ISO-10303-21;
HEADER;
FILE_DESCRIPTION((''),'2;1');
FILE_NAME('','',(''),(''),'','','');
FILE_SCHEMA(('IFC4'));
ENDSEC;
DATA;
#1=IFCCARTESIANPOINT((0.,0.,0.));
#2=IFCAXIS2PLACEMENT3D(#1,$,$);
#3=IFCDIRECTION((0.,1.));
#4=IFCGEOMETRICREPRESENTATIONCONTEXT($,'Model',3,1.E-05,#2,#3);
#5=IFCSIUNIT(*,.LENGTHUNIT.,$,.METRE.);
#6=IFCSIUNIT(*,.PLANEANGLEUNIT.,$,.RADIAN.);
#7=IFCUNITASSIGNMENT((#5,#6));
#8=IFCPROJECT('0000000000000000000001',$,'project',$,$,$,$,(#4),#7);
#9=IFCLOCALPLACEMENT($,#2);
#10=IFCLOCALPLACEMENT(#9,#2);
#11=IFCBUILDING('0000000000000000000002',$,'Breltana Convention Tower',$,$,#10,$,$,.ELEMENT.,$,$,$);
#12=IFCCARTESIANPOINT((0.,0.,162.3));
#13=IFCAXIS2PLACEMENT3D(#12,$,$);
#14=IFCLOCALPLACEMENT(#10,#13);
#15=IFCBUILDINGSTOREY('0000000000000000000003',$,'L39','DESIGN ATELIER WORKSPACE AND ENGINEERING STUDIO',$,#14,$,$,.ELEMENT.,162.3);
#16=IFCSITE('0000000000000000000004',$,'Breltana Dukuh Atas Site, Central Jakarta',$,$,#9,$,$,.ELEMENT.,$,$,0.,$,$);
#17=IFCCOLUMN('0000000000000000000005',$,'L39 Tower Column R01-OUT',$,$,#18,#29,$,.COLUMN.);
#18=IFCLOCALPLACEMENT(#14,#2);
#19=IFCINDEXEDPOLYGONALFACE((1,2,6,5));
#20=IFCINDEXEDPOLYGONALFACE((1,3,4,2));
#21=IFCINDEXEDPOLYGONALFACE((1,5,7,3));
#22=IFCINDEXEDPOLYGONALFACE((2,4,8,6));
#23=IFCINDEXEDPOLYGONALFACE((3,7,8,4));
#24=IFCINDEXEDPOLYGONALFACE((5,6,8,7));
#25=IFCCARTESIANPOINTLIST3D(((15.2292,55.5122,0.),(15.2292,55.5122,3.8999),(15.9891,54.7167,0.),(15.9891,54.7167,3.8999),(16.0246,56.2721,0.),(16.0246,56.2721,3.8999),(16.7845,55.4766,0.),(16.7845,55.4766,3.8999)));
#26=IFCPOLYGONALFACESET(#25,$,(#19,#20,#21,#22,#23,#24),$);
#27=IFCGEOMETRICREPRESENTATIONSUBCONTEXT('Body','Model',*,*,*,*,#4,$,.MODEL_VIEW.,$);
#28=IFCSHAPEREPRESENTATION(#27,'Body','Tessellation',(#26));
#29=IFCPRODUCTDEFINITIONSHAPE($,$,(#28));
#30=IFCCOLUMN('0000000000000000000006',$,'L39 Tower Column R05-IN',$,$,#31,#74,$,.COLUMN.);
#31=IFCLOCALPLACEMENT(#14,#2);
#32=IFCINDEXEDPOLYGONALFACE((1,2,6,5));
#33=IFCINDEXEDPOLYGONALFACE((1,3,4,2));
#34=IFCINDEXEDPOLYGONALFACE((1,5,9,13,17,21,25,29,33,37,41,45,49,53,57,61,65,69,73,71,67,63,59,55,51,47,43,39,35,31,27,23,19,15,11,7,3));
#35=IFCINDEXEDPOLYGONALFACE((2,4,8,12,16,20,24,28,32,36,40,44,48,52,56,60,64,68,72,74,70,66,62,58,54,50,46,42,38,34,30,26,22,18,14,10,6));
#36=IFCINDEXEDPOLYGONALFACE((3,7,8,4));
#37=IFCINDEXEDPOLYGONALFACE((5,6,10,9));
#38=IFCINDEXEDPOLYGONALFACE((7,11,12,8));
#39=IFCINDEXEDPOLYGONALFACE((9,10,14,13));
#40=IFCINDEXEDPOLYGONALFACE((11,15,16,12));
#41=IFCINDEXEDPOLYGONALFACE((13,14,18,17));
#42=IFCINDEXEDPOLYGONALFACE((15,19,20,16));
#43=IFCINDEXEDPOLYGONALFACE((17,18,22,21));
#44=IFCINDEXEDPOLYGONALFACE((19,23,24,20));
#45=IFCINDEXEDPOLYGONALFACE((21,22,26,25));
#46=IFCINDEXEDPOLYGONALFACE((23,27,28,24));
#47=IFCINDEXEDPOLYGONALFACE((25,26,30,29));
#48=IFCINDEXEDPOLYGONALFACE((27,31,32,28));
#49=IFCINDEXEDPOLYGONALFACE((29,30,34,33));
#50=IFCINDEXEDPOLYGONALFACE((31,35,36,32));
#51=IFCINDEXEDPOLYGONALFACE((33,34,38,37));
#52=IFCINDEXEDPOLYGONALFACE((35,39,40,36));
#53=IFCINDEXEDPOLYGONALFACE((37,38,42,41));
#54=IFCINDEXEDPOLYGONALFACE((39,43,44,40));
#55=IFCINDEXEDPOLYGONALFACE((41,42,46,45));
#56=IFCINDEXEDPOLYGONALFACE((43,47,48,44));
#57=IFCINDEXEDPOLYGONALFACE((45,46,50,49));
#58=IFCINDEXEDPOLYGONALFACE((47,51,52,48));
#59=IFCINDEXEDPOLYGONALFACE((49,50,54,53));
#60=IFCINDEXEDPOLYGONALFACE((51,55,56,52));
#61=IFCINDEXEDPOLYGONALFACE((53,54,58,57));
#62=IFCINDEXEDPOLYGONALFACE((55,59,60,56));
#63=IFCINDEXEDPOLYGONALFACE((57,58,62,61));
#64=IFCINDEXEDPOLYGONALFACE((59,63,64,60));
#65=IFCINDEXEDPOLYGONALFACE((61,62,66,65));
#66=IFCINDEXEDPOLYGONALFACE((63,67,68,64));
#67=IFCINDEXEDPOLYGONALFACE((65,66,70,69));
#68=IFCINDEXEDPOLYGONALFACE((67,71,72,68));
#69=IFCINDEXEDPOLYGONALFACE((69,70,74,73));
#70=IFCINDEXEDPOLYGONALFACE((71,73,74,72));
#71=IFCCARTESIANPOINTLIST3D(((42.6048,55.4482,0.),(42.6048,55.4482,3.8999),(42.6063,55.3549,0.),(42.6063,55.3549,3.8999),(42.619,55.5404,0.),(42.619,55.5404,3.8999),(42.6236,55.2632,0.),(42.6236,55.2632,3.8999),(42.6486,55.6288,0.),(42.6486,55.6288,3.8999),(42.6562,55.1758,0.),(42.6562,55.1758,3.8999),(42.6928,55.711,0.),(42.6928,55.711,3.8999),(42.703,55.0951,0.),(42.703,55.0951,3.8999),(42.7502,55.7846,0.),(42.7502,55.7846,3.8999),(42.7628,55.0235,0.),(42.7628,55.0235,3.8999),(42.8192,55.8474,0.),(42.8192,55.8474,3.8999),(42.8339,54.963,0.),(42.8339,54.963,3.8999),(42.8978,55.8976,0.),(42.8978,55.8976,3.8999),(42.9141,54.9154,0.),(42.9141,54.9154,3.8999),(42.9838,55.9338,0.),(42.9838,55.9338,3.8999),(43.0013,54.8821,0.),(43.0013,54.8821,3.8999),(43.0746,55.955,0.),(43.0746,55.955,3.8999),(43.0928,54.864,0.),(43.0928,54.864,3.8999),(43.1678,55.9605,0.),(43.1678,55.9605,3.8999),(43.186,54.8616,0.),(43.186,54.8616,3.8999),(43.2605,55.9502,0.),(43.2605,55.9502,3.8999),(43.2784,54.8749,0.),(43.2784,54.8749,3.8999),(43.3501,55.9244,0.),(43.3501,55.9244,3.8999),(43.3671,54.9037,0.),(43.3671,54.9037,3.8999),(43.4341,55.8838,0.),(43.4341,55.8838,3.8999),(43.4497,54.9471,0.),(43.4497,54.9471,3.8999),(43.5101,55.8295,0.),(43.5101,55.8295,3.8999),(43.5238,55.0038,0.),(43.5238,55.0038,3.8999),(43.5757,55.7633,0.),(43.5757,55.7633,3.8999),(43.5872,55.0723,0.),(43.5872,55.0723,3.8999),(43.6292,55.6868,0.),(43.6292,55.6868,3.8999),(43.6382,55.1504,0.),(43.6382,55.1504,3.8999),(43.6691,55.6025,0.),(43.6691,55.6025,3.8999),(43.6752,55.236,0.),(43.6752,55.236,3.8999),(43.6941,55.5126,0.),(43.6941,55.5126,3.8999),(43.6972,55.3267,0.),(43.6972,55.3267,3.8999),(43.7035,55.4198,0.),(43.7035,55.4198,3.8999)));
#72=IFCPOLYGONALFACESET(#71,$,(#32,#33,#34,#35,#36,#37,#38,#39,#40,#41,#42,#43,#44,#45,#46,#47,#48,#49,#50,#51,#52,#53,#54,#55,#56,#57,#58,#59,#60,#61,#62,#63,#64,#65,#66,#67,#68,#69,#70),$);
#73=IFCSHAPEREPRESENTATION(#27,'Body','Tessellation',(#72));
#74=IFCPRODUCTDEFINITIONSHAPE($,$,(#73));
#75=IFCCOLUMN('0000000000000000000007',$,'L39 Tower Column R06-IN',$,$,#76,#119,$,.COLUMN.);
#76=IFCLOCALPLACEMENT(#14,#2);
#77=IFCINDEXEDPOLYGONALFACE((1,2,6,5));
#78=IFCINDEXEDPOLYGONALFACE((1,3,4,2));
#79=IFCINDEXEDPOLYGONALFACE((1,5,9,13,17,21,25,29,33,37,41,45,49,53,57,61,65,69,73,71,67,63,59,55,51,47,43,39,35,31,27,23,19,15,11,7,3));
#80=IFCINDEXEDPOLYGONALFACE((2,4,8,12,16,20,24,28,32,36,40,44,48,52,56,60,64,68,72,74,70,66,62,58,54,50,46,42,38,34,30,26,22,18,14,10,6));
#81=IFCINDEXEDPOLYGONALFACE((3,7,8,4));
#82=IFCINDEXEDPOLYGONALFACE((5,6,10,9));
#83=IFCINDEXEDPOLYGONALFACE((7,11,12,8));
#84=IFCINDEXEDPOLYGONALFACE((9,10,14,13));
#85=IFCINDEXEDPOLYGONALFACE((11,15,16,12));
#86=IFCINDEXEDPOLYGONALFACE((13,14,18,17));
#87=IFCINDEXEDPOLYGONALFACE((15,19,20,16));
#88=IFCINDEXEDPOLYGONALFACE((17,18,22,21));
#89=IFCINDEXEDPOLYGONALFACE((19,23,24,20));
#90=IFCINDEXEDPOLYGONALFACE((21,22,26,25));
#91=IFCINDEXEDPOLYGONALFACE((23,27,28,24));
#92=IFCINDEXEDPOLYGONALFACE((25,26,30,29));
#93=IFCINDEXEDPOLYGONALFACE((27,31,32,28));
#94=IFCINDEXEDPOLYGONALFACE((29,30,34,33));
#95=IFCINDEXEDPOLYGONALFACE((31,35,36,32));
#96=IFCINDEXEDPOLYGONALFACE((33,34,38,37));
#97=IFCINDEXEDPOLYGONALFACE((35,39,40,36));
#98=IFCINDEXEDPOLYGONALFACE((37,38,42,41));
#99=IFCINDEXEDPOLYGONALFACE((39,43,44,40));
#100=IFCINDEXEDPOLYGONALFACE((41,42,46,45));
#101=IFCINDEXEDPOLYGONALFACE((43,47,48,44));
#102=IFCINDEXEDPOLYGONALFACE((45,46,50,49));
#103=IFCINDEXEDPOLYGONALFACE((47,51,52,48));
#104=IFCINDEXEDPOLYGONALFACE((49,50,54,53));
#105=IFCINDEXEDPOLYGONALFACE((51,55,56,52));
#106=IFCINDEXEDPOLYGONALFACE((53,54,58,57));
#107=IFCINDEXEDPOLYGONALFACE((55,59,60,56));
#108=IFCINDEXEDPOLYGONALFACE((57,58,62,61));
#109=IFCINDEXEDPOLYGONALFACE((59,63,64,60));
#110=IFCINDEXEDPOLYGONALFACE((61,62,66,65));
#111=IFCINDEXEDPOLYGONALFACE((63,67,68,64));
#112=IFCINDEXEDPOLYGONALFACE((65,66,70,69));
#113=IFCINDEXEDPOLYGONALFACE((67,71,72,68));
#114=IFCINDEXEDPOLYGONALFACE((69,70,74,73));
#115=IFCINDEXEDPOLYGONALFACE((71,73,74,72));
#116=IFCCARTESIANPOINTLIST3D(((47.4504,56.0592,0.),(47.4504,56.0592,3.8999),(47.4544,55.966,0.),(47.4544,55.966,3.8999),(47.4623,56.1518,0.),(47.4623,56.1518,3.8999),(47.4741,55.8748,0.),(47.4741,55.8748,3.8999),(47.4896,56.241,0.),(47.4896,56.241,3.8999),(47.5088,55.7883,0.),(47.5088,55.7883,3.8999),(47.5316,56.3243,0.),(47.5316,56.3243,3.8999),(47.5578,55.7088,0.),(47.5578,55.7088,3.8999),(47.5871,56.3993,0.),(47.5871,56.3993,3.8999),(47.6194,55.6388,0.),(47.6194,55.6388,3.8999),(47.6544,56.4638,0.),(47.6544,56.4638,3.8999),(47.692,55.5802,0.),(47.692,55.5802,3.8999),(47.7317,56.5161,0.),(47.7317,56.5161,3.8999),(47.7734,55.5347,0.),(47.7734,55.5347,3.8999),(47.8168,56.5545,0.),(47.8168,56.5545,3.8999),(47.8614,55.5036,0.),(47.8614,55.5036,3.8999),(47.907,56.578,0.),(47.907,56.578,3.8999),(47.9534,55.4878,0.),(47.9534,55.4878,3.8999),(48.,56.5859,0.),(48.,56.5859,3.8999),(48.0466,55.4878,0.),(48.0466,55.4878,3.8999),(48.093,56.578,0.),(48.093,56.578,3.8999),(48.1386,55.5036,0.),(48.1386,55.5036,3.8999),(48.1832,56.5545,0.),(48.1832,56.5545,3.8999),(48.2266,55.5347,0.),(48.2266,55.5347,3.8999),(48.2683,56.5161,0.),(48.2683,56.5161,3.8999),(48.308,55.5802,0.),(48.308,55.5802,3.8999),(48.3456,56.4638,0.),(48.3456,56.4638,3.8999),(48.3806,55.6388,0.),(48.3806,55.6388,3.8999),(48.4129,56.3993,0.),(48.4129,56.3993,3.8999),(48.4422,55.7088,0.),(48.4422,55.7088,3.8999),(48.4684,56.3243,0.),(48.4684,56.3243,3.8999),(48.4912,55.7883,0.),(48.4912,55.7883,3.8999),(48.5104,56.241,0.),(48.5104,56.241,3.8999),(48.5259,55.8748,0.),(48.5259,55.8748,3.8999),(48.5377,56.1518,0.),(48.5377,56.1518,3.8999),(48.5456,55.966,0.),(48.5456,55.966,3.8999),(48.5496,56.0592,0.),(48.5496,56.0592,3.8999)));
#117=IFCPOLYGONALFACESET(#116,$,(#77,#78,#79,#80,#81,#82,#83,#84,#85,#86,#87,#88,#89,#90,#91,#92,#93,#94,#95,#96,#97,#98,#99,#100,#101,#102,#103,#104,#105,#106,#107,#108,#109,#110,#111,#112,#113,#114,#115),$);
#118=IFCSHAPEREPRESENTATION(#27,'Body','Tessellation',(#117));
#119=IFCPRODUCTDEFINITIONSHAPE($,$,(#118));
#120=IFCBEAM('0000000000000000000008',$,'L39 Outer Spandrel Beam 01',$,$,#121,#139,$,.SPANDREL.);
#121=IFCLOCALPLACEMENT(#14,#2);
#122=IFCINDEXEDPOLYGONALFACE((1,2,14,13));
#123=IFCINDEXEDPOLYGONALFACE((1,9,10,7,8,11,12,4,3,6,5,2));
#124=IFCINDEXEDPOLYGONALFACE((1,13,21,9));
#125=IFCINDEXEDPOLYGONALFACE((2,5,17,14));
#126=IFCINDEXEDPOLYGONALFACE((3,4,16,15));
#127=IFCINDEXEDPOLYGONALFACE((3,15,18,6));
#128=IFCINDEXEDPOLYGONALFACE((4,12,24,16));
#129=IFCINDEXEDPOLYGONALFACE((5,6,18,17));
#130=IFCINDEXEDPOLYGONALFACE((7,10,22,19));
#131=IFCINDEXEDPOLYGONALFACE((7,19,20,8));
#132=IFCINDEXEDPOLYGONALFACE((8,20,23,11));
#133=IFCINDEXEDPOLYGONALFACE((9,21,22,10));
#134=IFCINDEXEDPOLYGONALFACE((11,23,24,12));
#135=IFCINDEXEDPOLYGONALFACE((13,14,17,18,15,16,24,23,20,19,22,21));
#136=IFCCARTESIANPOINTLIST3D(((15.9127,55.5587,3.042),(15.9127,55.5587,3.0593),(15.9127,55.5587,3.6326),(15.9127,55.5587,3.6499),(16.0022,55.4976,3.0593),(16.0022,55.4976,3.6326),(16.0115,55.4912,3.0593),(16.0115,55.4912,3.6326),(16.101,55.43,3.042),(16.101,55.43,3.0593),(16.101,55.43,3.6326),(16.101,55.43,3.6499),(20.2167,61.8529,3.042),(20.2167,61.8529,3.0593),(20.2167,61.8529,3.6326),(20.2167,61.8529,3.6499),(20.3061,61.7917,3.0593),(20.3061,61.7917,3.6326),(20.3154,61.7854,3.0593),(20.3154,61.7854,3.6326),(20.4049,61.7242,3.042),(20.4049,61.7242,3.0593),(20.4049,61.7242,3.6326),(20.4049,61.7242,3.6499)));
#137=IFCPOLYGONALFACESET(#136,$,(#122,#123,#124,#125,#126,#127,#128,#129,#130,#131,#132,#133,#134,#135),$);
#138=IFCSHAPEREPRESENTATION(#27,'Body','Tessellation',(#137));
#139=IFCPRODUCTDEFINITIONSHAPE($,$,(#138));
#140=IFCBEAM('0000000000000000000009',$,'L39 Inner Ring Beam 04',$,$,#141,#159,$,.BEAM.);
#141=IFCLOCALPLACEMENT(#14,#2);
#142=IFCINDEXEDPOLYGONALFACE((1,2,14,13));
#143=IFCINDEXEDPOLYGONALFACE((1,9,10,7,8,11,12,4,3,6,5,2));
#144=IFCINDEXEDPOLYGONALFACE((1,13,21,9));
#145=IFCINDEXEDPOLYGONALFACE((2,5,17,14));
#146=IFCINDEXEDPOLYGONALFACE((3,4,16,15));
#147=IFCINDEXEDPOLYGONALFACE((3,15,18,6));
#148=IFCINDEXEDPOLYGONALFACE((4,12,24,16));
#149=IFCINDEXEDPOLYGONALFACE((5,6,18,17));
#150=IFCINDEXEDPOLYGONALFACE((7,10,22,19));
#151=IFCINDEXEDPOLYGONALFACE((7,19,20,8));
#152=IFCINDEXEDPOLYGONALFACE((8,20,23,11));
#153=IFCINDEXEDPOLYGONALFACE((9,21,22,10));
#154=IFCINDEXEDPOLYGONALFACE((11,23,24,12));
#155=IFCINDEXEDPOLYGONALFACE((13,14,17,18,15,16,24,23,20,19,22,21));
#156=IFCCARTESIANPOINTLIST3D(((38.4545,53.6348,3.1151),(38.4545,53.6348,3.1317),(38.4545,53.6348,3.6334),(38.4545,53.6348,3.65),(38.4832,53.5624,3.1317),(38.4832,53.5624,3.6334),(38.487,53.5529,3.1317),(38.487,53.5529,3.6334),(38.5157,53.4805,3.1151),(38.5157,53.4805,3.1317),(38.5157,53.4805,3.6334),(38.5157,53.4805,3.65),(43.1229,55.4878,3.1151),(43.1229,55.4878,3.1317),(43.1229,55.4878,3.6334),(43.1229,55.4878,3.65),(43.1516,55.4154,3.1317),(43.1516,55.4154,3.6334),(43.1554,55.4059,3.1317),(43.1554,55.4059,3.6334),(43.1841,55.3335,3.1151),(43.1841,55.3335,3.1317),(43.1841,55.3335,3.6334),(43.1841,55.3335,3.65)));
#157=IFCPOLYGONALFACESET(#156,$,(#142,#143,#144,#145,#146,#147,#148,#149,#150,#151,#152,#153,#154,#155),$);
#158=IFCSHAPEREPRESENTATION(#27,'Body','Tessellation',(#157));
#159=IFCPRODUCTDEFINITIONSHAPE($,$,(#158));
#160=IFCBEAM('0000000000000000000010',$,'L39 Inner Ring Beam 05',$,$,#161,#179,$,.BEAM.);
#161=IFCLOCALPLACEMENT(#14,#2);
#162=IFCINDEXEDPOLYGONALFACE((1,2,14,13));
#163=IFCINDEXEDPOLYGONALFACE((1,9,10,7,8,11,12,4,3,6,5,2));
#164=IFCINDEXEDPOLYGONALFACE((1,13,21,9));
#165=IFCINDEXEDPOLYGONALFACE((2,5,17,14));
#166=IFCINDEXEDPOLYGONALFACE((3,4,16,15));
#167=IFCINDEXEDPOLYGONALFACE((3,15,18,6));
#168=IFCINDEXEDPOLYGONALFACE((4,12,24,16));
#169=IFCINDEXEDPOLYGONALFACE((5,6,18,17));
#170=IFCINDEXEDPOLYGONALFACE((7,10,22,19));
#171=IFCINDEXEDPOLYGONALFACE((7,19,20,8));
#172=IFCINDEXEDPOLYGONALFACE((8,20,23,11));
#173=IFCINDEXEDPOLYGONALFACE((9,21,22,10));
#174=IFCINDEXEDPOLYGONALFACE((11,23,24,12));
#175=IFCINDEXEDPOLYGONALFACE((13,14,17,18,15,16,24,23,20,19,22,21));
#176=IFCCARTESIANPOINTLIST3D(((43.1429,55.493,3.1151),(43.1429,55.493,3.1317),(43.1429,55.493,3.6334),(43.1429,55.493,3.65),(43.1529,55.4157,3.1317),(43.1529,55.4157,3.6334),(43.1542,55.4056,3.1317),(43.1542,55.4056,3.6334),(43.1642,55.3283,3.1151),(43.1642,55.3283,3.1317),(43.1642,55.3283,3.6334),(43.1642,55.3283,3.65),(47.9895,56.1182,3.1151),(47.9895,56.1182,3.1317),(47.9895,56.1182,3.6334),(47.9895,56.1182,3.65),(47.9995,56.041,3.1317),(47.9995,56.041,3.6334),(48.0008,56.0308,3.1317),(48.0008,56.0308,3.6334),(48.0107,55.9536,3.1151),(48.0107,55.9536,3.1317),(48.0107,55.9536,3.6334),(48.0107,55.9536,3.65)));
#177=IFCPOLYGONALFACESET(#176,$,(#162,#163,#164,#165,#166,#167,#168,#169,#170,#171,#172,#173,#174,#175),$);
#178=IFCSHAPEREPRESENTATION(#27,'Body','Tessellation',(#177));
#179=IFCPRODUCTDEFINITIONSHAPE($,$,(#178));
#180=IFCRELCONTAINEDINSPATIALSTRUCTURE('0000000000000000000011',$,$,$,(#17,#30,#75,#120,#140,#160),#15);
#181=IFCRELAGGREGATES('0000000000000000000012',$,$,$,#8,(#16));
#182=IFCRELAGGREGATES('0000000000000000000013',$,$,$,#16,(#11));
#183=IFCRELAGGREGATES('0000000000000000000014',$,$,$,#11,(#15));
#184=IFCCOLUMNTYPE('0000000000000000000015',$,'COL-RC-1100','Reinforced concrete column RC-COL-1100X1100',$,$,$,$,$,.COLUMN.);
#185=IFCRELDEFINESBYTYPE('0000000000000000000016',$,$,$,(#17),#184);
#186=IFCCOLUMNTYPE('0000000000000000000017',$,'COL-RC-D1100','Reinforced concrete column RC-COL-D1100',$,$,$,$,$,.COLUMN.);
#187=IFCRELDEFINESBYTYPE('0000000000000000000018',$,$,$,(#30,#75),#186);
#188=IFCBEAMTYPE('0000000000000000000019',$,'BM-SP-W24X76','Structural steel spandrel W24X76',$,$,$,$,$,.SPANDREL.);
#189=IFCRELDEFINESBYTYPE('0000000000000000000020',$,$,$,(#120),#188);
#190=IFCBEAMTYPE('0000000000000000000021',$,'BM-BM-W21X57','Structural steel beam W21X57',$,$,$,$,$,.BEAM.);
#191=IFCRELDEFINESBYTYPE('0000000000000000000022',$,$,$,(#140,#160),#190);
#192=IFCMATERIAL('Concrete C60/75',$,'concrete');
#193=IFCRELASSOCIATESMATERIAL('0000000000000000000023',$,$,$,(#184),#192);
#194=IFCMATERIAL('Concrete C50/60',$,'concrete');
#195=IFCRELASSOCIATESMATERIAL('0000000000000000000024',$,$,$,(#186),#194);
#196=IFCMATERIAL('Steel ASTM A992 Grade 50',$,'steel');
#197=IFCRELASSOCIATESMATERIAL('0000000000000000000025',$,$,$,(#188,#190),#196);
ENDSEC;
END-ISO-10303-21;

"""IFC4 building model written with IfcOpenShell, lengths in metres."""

from ifc_helpers import new_model, si_unit, direction, frame, origin, origin_2d, place, context, subcontext, project, spatial, rectangle, circle, i_section, extrude, source, transform, mapped, material, material_profile, profile_set, type_object, type_shapes, element, save


model = new_model("IFC4")

# Units and contexts
model_context = context("Model", 3, precision=1e-05, world=origin(), true_north=direction((0.0, 1.0)))
body_context = subcontext(model_context, "Body", "Model", "MODEL_VIEW")
ifc_project = project(units=[si_unit("LENGTHUNIT", "METRE"), si_unit("PLANEANGLEUNIT", "RADIAN")], contexts=[model_context])

# Site, building, storey
site_placement = place(None, origin())
site = spatial("IfcSite", under=ifc_project, at=site_placement, Name="Breltana Dukuh Atas Site, Central Jakarta", CompositionType="ELEMENT", RefElevation=0.0)
building_placement = place(site_placement, origin())
building = spatial("IfcBuilding", under=site, at=building_placement, Name="Breltana Convention Tower", CompositionType="ELEMENT")
storey_placement = place(building_placement, frame((0.0, 0.0, 162.3)))
storey = spatial("IfcBuildingStorey", under=building, at=storey_placement, Name="L39", Description="DESIGN ATELIER WORKSPACE AND ENGINEERING STUDIO", CompositionType="ELEMENT", Elevation=162.3)

# Columns
ifc_material_1 = material(Name="Concrete C60/75", Category="concrete")
ifc_material_profile_1 = material_profile(ifc_material_1, rectangle(XDim=1.1001, YDim=1.1001, at=origin_2d()), Name="RC-COL-1100X1100")
ifc_profile_set_1 = profile_set([ifc_material_profile_1], Name="Concrete C60/75")
column_type_1 = type_object("IfcColumnType", Name="COL-RC-1100", Description="Reinforced concrete column RC-COL-1100X1100", PredefinedType="COLUMN", material=ifc_profile_set_1)
shared_shape_1 = source(origin(), body_context, "Body", "SweptSolid", [
    extrude(rectangle(XDim=1.1001, YDim=1.1001, at=origin_2d()), origin(), (0.0, 0.0, 1.0), 3.8999),
])
column_placement = place(storey_placement, frame((16.0068, 55.4944, 0.0), z_axis=(0.0, 0.0, 1.0), x_axis=(-0.690756, 0.723088, 0.0)))
element("IfcColumn", 1, at=column_placement, inside=storey, type_object=column_type_1, Name="L39 Tower Column R01-OUT", PredefinedType="COLUMN", context=body_context, shape_type="MappedRepresentation", body=[
    mapped(shared_shape_1, transform((0.0, 0.0, 0.0), scale=1.0)),
])
ifc_material_2 = material(Name="Concrete C50/60", Category="concrete")
ifc_material_profile_2 = material_profile(ifc_material_2, circle(Radius=0.55, at=origin_2d()), Name="RC-COL-D1100")
ifc_profile_set_2 = profile_set([ifc_material_profile_2], Name="Concrete C50/60")
column_type_2 = type_object("IfcColumnType", Name="COL-RC-D1100", Description="Reinforced concrete column RC-COL-D1100", PredefinedType="COLUMN", material=ifc_profile_set_2)
shared_shape_2 = source(origin(), body_context, "Body", "SweptSolid", [
    extrude(circle(Radius=0.55, at=origin_2d()), origin(), (0.0, 0.0, 1.0), 3.8999),
])
for number, where, z_axis, x_axis, name in (
    (2, (43.1536, 55.4106, 0.0), (0.0, 0.0, 1.0), (-0.143493, 0.989651, 0.0), "L39 Tower Column R05-IN"),
    (3, (48.0, 56.0359, 0.0), (0.0, 0.0, 1.0), (0.0, 1.0, 0.0), "L39 Tower Column R06-IN"),
):
    element("IfcColumn", number, at=place(storey_placement, frame(where, z_axis=z_axis, x_axis=x_axis)), inside=storey, type_object=column_type_2, Name=name, PredefinedType="COLUMN", context=body_context, shape_type="MappedRepresentation", body=[
        mapped(shared_shape_2, transform((0.0, 0.0, 0.0), scale=1.0)),
    ])

# Beams
ifc_material_3 = material(Name="Steel ASTM A992 Grade 50", Category="steel")
ifc_material_profile_3 = material_profile(ifc_material_3, i_section(OverallWidth=0.228, OverallDepth=0.6079, WebThickness=0.0112, FlangeThickness=0.0173, at=origin_2d()), Name="W24X76")
ifc_profile_set_3 = profile_set([ifc_material_profile_3], Name="Steel ASTM A992 Grade 50")
beam_type_1 = type_object("IfcBeamType", Name="BM-SP-W24X76", Description="Structural steel spandrel W24X76", PredefinedType="SPANDREL", material=ifc_profile_set_3)
shared_shape_3 = source(origin(), body_context, "Body", "SweptSolid", [
    extrude(i_section(OverallWidth=0.228, OverallDepth=0.6079, WebThickness=0.0112, FlangeThickness=0.0173, at=origin_2d()), origin(), (0.0, 0.0, 1.0), 7.625),
])
type_shapes(beam_type_1, [shared_shape_3])
beam_1_placement = place(storey_placement, frame((16.0068, 55.4944, 3.3459), z_axis=(0.564452, 0.825466, 0.0), x_axis=(-0.825466, 0.564452, 0.0)))
element("IfcBeam", 4, at=beam_1_placement, inside=storey, type_object=beam_type_1, Name="L39 Outer Spandrel Beam 01", PredefinedType="SPANDREL", context=body_context, shape_type="MappedRepresentation", body=[
    mapped(shared_shape_3, transform((0.0, 0.0, 0.0), scale=1.0)),
])
ifc_material_profile_4 = material_profile(ifc_material_3, i_section(OverallWidth=0.166, OverallDepth=0.5349, WebThickness=0.0103, FlangeThickness=0.0166, at=origin_2d()), Name="W21X57")
ifc_profile_set_4 = profile_set([ifc_material_profile_4], Name="Steel ASTM A992 Grade 50")
beam_type_2 = type_object("IfcBeamType", Name="BM-BM-W21X57", Description="Structural steel beam W21X57", PredefinedType="BEAM", material=ifc_profile_set_4)
shared_shape_4 = source(origin(), body_context, "Body", "SweptSolid", [
    extrude(i_section(OverallWidth=0.166, OverallDepth=0.5349, WebThickness=0.0103, FlangeThickness=0.0166, at=origin_2d()), origin(), (0.0, 0.0, 1.0), 5.0227),
])
beam_2_placement = place(storey_placement, frame((38.4851, 53.5576, 3.3826), z_axis=(0.929459, 0.368926, 0.0), x_axis=(-0.368926, 0.929459, 0.0)))
element("IfcBeam", 5, at=beam_2_placement, inside=storey, type_object=beam_type_2, Name="L39 Inner Ring Beam 04", PredefinedType="BEAM", context=body_context, shape_type="MappedRepresentation", body=[
    mapped(shared_shape_4, transform((0.0, 0.0, 0.0), scale=1.0)),
])
shared_shape_5 = source(origin(), body_context, "Body", "SweptSolid", [
    extrude(i_section(OverallWidth=0.166, OverallDepth=0.5349, WebThickness=0.0103, FlangeThickness=0.0166, at=origin_2d()), origin(), (0.0, 0.0, 1.0), 4.8867),
])
beam_3_placement = place(storey_placement, frame((43.1536, 55.4106, 3.3826), z_axis=(0.991781, 0.127951, 0.0), x_axis=(-0.127951, 0.991781, 0.0)))
element("IfcBeam", 6, at=beam_3_placement, inside=storey, type_object=beam_type_2, Name="L39 Inner Ring Beam 05", PredefinedType="BEAM", context=body_context, shape_type="MappedRepresentation", body=[
    mapped(shared_shape_5, transform((0.0, 0.0, 0.0), scale=1.0)),
])

save(model, "model.ifc")
